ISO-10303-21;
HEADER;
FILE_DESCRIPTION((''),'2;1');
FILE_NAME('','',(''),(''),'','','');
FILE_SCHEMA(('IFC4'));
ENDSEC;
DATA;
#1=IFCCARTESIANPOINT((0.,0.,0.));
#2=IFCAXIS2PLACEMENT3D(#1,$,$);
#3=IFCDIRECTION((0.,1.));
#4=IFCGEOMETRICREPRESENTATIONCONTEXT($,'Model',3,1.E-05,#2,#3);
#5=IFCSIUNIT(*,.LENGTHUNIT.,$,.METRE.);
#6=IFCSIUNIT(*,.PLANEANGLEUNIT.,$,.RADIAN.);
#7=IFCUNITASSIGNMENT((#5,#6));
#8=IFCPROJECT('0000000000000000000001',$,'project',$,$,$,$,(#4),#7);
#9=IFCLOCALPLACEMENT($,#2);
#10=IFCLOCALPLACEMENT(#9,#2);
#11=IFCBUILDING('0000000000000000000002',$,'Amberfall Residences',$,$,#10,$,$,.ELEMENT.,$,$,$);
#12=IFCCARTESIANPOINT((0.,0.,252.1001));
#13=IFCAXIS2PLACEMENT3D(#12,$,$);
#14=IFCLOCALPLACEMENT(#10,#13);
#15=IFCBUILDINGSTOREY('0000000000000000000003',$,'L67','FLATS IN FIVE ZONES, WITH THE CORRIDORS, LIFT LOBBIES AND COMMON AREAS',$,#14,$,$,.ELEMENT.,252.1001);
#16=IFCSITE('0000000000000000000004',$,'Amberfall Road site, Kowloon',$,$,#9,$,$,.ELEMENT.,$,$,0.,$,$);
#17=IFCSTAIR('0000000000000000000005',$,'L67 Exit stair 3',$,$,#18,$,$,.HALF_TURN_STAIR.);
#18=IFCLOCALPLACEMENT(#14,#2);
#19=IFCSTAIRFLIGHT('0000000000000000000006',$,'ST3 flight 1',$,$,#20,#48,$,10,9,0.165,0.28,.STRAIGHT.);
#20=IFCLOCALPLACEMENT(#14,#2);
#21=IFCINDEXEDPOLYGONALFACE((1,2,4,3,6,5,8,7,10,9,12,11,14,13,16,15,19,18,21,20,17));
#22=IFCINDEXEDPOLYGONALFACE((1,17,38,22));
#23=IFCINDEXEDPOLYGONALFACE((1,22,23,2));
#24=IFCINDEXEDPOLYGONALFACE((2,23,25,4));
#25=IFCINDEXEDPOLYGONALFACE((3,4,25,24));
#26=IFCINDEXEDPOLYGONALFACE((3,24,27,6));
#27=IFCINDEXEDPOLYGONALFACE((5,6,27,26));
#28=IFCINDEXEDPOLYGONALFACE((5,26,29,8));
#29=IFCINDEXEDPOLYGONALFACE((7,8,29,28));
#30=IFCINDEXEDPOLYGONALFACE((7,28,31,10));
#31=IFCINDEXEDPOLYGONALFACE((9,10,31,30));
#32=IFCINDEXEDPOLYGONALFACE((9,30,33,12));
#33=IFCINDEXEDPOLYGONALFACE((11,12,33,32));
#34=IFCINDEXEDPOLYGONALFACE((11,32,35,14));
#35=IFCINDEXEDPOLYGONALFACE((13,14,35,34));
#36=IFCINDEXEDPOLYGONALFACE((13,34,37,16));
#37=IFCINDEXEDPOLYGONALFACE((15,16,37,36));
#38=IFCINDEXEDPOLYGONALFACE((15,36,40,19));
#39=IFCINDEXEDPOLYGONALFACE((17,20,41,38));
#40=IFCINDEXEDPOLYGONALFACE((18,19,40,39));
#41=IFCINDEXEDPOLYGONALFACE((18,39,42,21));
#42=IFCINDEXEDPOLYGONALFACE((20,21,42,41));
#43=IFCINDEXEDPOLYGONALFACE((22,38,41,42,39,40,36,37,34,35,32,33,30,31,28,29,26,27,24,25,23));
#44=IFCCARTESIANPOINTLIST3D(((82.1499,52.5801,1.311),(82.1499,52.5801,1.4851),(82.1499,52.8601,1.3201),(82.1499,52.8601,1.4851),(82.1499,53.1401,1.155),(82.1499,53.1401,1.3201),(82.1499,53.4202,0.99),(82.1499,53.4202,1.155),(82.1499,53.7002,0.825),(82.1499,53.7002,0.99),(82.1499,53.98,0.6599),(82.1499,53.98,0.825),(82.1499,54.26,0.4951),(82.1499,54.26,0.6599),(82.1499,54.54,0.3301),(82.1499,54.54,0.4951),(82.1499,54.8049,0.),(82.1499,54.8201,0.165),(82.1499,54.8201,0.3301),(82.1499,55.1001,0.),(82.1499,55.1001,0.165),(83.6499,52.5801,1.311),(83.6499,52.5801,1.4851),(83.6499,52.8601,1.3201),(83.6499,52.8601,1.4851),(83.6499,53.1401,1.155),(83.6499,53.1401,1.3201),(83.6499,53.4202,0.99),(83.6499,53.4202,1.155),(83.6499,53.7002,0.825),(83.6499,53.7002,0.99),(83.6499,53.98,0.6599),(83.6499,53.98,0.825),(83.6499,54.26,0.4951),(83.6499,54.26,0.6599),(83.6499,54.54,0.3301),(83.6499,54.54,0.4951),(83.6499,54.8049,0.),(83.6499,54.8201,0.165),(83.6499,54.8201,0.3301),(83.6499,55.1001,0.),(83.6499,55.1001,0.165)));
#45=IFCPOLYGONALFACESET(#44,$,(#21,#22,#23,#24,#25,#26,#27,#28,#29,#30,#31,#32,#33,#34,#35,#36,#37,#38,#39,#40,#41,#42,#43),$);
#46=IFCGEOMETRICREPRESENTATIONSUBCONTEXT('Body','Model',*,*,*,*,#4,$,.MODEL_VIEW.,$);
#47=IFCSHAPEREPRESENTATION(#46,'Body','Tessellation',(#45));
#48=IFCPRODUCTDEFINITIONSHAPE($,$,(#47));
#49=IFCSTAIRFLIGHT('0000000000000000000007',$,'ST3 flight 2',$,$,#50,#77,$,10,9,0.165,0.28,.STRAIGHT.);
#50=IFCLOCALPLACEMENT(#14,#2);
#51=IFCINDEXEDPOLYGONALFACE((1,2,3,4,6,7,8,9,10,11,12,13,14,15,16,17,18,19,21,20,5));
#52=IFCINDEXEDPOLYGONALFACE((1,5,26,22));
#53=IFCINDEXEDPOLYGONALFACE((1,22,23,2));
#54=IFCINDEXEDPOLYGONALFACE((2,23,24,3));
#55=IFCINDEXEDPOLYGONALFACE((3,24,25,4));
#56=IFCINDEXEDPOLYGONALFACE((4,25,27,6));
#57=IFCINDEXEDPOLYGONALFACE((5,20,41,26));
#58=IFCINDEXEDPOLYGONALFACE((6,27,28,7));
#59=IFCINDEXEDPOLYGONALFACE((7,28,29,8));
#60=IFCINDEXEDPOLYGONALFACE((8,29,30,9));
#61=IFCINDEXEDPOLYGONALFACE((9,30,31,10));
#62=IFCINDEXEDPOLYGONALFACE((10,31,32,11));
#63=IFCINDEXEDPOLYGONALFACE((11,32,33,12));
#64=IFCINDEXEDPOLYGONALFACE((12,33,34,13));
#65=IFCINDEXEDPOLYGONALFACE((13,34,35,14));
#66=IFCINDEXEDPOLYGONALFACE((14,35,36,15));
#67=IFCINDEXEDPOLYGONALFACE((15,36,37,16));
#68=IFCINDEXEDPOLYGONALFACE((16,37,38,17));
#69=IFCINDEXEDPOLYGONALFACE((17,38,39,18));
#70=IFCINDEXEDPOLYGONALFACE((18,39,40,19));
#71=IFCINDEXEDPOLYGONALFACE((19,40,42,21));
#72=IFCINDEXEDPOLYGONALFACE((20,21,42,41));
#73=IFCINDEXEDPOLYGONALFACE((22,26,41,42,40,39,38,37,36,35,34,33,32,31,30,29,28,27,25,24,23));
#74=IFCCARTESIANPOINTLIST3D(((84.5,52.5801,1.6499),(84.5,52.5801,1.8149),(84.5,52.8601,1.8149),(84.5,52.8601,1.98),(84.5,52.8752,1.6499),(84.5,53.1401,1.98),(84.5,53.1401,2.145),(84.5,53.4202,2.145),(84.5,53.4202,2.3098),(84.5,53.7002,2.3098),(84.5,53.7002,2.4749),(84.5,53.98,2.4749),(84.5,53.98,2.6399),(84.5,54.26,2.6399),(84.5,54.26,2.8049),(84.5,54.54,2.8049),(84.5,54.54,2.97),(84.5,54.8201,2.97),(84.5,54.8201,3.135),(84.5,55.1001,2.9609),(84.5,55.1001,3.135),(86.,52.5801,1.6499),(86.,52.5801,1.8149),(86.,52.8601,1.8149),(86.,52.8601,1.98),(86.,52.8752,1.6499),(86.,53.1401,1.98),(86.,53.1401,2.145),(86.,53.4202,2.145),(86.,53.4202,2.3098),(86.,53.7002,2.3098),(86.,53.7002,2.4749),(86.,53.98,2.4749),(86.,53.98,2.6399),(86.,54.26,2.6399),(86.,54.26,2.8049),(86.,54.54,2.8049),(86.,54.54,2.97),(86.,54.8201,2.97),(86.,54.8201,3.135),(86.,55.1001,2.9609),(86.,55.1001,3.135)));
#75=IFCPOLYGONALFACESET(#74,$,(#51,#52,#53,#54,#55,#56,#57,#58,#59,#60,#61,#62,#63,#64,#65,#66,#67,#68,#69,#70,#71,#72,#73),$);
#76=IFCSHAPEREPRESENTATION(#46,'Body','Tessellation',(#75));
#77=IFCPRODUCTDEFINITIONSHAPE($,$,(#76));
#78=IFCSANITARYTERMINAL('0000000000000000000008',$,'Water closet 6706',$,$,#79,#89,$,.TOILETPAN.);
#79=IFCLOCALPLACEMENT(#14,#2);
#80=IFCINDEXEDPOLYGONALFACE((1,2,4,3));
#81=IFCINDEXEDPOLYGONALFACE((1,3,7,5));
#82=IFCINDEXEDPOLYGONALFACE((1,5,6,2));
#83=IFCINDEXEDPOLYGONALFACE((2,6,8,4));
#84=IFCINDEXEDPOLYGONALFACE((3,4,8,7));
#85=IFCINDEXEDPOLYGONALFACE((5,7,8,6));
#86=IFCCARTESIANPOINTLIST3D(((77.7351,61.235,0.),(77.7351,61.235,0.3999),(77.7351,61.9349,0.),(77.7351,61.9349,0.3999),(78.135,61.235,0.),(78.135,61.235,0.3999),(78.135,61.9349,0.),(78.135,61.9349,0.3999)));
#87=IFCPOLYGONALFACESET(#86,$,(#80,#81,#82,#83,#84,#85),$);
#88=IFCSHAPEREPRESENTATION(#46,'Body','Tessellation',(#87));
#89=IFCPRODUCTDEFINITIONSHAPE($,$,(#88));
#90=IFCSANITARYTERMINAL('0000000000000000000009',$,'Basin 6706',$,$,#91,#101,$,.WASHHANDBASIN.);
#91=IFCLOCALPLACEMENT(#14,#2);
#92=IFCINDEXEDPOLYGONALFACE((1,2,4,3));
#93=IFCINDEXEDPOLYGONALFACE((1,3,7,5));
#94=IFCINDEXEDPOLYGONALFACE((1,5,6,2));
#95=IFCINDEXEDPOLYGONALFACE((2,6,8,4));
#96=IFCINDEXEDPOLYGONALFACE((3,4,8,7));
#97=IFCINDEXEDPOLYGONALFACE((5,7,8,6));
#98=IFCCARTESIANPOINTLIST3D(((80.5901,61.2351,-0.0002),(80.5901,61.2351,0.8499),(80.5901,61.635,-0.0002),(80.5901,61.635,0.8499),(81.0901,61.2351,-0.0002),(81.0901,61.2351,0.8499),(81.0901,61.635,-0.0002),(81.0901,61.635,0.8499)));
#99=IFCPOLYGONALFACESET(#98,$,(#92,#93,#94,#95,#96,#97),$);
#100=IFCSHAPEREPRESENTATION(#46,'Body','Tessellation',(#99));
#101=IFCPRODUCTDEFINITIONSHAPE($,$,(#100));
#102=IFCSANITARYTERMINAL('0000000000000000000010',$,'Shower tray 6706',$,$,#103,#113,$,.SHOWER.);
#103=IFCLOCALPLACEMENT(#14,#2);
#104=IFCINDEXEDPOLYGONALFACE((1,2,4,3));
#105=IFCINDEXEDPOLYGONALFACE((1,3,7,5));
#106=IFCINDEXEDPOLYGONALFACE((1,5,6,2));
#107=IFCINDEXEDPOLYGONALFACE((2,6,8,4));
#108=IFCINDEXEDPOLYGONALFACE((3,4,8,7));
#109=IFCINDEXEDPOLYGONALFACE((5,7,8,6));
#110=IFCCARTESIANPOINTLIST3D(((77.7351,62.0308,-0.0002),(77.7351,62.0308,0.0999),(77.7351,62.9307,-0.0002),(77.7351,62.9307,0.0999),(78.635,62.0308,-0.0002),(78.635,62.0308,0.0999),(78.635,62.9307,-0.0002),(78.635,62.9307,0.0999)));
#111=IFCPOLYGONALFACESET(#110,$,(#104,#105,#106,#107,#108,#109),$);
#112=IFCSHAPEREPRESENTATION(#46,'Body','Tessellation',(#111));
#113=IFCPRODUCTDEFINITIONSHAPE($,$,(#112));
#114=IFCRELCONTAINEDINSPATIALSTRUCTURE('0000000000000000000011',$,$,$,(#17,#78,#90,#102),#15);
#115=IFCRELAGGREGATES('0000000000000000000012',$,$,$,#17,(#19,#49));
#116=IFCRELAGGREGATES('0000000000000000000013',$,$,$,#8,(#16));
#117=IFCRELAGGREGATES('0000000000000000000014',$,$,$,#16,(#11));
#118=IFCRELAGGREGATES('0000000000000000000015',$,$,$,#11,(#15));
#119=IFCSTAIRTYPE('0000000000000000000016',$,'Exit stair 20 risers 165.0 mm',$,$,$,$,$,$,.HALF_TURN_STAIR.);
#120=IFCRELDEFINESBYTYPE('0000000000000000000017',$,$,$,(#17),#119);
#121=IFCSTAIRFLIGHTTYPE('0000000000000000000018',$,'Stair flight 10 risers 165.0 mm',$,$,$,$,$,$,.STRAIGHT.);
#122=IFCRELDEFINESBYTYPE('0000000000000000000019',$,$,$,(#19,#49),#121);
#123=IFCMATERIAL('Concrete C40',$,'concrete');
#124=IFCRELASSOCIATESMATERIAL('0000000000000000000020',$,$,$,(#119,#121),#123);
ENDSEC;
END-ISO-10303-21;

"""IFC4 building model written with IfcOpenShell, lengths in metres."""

from ifc_helpers import new_model, si_unit, direction, frame, origin, origin_2d, place, context, subcontext, project, spatial, polyline, rectangle, outline, extrude, material, type_object, element, aggregate, save


model = new_model("IFC4")

# Units and contexts
model_context = context("Model", 3, precision=1e-05, world=origin(), true_north=direction((0.0, 1.0)))
body_context = subcontext(model_context, "Body", "Model", "MODEL_VIEW")
ifc_project = project(units=[si_unit("LENGTHUNIT", "METRE"), si_unit("PLANEANGLEUNIT", "RADIAN")], contexts=[model_context])

# Site, building, storey
site_placement = place(None, origin())
site = spatial("IfcSite", under=ifc_project, at=site_placement, Name="Amberfall Road site, Kowloon", CompositionType="ELEMENT", RefElevation=0.0)
building_placement = place(site_placement, origin())
building = spatial("IfcBuilding", under=site, at=building_placement, Name="Amberfall Residences", CompositionType="ELEMENT")
storey_placement = place(building_placement, frame((0.0, 0.0, 252.1001)))
storey = spatial("IfcBuildingStorey", under=building, at=storey_placement, Name="L67", Description="FLATS IN FIVE ZONES, WITH THE CORRIDORS, LIFT LOBBIES AND COMMON AREAS", CompositionType="ELEMENT", Elevation=252.1001)

# Stair, stair flights
ifc_material_1 = material(Name="Concrete C40", Category="concrete")
stair_type = type_object("IfcStairType", Name="Exit stair 20 risers 165.0 mm", PredefinedType="HALF_TURN_STAIR", material=ifc_material_1)
stair_placement = place(storey_placement, origin())
stair = element("IfcStair", 1, at=stair_placement, inside=storey, type_object=stair_type, Name="L67 Exit stair 3", PredefinedType="HALF_TURN_STAIR")
stair_flight_type = type_object("IfcStairFlightType", Name="Stair flight 10 risers 165.0 mm", PredefinedType="STRAIGHT", material=ifc_material_1)
stair_flight_1_placement = place(storey_placement, frame((82.8999, 55.1001, 0.0), z_axis=(0.0, 0.0, 1.0), x_axis=(0.0, -1.0, 0.0)))
stair_flight_1 = element("IfcStairFlight", 2, at=stair_flight_1_placement, type_object=stair_flight_type, Name="ST3 flight 1", NumberOfRisers=10, NumberOfTreads=9, PredefinedType="STRAIGHT", RiserHeight=0.165, TreadLength=0.28, context=body_context, shape_type="SweptSolid", body=[
    extrude(outline(polyline([(0.0, 0.0), (0.0, 0.165), (0.28, 0.165), (0.28, 0.3301), (0.5601, 0.3301), (0.5601, 0.4951), (0.8401, 0.4951), (0.8401, 0.6599), (1.1201, 0.6599), (1.1201, 0.825), (1.3999, 0.825), (1.3999, 0.99), (1.6799, 0.99), (1.6799, 1.155), (1.96, 1.155), (1.96, 1.3201), (2.24, 1.3201), (2.24, 1.4851), (2.52, 1.4851), (2.52, 1.6499), (2.52, 1.311), (0.2952, 0.0), (0.0, 0.0)])), frame((0.0, 0.75, 0.0), z_axis=(0.0, -1.0, 0.0), x_axis=(1.0, 0.0, 0.0)), (0.0, 0.0, 1.0), 1.5),
])
stair_flight_2_placement = place(storey_placement, frame((85.25, 52.5801, 1.6499), z_axis=(0.0, 0.0, 1.0), x_axis=(0.0, 1.0, 0.0)))
stair_flight_2 = element("IfcStairFlight", 3, at=stair_flight_2_placement, type_object=stair_flight_type, Name="ST3 flight 2", NumberOfRisers=10, NumberOfTreads=9, PredefinedType="STRAIGHT", RiserHeight=0.165, TreadLength=0.28, context=body_context, shape_type="SweptSolid", body=[
    extrude(outline(polyline([(0.0, 0.0), (0.0, 0.165), (0.28, 0.165), (0.28, 0.3301), (0.5601, 0.3301), (0.5601, 0.4951), (0.8401, 0.4951), (0.8401, 0.6599), (1.1201, 0.6599), (1.1201, 0.825), (1.3999, 0.825), (1.3999, 0.99), (1.6799, 0.99), (1.6799, 1.155), (1.96, 1.155), (1.96, 1.3201), (2.24, 1.3201), (2.24, 1.4851), (2.52, 1.4851), (2.52, 1.6499), (2.52, 1.311), (0.2952, 0.0), (0.0, 0.0)])), frame((0.0, 0.75, 0.0), z_axis=(0.0, -1.0, 0.0), x_axis=(1.0, 0.0, 0.0)), (0.0, 0.0, 1.0), 1.5),
])
aggregate(stair, [stair_flight_1, stair_flight_2])

# Sanitary terminals
sanitary_terminal_1_placement = place(storey_placement, frame((77.9351, 61.585, 0.0), z_axis=(0.0, 0.0, 1.0), x_axis=(1.0, 0.0, 0.0)))
element("IfcSanitaryTerminal", 4, at=sanitary_terminal_1_placement, inside=storey, Name="Water closet 6706", PredefinedType="TOILETPAN", context=body_context, shape_type="SweptSolid", body=[
    extrude(rectangle(XDim=0.3999, YDim=0.7, at=origin_2d()), origin(), (0.0, 0.0, 1.0), 0.3999),
])
sanitary_terminal_2_placement = place(storey_placement, frame((80.8401, 61.4351, -0.0002), z_axis=(0.0, 0.0, 1.0), x_axis=(1.0, 0.0, 0.0)))
element("IfcSanitaryTerminal", 5, at=sanitary_terminal_2_placement, inside=storey, Name="Basin 6706", PredefinedType="WASHHANDBASIN", context=body_context, shape_type="SweptSolid", body=[
    extrude(rectangle(XDim=0.5, YDim=0.3999, at=origin_2d()), origin(), (0.0, 0.0, 1.0), 0.8501),
])
sanitary_terminal_3_placement = place(storey_placement, frame((78.1851, 62.4807, -0.0002), z_axis=(0.0, 0.0, 1.0), x_axis=(1.0, 0.0, 0.0)))
element("IfcSanitaryTerminal", 6, at=sanitary_terminal_3_placement, inside=storey, Name="Shower tray 6706", PredefinedType="SHOWER", context=body_context, shape_type="SweptSolid", body=[
    extrude(rectangle(XDim=0.8999, YDim=0.8999, at=origin_2d()), origin(), (0.0, 0.0, 1.0), 0.1001),
])

save(model, "model.ifc")
